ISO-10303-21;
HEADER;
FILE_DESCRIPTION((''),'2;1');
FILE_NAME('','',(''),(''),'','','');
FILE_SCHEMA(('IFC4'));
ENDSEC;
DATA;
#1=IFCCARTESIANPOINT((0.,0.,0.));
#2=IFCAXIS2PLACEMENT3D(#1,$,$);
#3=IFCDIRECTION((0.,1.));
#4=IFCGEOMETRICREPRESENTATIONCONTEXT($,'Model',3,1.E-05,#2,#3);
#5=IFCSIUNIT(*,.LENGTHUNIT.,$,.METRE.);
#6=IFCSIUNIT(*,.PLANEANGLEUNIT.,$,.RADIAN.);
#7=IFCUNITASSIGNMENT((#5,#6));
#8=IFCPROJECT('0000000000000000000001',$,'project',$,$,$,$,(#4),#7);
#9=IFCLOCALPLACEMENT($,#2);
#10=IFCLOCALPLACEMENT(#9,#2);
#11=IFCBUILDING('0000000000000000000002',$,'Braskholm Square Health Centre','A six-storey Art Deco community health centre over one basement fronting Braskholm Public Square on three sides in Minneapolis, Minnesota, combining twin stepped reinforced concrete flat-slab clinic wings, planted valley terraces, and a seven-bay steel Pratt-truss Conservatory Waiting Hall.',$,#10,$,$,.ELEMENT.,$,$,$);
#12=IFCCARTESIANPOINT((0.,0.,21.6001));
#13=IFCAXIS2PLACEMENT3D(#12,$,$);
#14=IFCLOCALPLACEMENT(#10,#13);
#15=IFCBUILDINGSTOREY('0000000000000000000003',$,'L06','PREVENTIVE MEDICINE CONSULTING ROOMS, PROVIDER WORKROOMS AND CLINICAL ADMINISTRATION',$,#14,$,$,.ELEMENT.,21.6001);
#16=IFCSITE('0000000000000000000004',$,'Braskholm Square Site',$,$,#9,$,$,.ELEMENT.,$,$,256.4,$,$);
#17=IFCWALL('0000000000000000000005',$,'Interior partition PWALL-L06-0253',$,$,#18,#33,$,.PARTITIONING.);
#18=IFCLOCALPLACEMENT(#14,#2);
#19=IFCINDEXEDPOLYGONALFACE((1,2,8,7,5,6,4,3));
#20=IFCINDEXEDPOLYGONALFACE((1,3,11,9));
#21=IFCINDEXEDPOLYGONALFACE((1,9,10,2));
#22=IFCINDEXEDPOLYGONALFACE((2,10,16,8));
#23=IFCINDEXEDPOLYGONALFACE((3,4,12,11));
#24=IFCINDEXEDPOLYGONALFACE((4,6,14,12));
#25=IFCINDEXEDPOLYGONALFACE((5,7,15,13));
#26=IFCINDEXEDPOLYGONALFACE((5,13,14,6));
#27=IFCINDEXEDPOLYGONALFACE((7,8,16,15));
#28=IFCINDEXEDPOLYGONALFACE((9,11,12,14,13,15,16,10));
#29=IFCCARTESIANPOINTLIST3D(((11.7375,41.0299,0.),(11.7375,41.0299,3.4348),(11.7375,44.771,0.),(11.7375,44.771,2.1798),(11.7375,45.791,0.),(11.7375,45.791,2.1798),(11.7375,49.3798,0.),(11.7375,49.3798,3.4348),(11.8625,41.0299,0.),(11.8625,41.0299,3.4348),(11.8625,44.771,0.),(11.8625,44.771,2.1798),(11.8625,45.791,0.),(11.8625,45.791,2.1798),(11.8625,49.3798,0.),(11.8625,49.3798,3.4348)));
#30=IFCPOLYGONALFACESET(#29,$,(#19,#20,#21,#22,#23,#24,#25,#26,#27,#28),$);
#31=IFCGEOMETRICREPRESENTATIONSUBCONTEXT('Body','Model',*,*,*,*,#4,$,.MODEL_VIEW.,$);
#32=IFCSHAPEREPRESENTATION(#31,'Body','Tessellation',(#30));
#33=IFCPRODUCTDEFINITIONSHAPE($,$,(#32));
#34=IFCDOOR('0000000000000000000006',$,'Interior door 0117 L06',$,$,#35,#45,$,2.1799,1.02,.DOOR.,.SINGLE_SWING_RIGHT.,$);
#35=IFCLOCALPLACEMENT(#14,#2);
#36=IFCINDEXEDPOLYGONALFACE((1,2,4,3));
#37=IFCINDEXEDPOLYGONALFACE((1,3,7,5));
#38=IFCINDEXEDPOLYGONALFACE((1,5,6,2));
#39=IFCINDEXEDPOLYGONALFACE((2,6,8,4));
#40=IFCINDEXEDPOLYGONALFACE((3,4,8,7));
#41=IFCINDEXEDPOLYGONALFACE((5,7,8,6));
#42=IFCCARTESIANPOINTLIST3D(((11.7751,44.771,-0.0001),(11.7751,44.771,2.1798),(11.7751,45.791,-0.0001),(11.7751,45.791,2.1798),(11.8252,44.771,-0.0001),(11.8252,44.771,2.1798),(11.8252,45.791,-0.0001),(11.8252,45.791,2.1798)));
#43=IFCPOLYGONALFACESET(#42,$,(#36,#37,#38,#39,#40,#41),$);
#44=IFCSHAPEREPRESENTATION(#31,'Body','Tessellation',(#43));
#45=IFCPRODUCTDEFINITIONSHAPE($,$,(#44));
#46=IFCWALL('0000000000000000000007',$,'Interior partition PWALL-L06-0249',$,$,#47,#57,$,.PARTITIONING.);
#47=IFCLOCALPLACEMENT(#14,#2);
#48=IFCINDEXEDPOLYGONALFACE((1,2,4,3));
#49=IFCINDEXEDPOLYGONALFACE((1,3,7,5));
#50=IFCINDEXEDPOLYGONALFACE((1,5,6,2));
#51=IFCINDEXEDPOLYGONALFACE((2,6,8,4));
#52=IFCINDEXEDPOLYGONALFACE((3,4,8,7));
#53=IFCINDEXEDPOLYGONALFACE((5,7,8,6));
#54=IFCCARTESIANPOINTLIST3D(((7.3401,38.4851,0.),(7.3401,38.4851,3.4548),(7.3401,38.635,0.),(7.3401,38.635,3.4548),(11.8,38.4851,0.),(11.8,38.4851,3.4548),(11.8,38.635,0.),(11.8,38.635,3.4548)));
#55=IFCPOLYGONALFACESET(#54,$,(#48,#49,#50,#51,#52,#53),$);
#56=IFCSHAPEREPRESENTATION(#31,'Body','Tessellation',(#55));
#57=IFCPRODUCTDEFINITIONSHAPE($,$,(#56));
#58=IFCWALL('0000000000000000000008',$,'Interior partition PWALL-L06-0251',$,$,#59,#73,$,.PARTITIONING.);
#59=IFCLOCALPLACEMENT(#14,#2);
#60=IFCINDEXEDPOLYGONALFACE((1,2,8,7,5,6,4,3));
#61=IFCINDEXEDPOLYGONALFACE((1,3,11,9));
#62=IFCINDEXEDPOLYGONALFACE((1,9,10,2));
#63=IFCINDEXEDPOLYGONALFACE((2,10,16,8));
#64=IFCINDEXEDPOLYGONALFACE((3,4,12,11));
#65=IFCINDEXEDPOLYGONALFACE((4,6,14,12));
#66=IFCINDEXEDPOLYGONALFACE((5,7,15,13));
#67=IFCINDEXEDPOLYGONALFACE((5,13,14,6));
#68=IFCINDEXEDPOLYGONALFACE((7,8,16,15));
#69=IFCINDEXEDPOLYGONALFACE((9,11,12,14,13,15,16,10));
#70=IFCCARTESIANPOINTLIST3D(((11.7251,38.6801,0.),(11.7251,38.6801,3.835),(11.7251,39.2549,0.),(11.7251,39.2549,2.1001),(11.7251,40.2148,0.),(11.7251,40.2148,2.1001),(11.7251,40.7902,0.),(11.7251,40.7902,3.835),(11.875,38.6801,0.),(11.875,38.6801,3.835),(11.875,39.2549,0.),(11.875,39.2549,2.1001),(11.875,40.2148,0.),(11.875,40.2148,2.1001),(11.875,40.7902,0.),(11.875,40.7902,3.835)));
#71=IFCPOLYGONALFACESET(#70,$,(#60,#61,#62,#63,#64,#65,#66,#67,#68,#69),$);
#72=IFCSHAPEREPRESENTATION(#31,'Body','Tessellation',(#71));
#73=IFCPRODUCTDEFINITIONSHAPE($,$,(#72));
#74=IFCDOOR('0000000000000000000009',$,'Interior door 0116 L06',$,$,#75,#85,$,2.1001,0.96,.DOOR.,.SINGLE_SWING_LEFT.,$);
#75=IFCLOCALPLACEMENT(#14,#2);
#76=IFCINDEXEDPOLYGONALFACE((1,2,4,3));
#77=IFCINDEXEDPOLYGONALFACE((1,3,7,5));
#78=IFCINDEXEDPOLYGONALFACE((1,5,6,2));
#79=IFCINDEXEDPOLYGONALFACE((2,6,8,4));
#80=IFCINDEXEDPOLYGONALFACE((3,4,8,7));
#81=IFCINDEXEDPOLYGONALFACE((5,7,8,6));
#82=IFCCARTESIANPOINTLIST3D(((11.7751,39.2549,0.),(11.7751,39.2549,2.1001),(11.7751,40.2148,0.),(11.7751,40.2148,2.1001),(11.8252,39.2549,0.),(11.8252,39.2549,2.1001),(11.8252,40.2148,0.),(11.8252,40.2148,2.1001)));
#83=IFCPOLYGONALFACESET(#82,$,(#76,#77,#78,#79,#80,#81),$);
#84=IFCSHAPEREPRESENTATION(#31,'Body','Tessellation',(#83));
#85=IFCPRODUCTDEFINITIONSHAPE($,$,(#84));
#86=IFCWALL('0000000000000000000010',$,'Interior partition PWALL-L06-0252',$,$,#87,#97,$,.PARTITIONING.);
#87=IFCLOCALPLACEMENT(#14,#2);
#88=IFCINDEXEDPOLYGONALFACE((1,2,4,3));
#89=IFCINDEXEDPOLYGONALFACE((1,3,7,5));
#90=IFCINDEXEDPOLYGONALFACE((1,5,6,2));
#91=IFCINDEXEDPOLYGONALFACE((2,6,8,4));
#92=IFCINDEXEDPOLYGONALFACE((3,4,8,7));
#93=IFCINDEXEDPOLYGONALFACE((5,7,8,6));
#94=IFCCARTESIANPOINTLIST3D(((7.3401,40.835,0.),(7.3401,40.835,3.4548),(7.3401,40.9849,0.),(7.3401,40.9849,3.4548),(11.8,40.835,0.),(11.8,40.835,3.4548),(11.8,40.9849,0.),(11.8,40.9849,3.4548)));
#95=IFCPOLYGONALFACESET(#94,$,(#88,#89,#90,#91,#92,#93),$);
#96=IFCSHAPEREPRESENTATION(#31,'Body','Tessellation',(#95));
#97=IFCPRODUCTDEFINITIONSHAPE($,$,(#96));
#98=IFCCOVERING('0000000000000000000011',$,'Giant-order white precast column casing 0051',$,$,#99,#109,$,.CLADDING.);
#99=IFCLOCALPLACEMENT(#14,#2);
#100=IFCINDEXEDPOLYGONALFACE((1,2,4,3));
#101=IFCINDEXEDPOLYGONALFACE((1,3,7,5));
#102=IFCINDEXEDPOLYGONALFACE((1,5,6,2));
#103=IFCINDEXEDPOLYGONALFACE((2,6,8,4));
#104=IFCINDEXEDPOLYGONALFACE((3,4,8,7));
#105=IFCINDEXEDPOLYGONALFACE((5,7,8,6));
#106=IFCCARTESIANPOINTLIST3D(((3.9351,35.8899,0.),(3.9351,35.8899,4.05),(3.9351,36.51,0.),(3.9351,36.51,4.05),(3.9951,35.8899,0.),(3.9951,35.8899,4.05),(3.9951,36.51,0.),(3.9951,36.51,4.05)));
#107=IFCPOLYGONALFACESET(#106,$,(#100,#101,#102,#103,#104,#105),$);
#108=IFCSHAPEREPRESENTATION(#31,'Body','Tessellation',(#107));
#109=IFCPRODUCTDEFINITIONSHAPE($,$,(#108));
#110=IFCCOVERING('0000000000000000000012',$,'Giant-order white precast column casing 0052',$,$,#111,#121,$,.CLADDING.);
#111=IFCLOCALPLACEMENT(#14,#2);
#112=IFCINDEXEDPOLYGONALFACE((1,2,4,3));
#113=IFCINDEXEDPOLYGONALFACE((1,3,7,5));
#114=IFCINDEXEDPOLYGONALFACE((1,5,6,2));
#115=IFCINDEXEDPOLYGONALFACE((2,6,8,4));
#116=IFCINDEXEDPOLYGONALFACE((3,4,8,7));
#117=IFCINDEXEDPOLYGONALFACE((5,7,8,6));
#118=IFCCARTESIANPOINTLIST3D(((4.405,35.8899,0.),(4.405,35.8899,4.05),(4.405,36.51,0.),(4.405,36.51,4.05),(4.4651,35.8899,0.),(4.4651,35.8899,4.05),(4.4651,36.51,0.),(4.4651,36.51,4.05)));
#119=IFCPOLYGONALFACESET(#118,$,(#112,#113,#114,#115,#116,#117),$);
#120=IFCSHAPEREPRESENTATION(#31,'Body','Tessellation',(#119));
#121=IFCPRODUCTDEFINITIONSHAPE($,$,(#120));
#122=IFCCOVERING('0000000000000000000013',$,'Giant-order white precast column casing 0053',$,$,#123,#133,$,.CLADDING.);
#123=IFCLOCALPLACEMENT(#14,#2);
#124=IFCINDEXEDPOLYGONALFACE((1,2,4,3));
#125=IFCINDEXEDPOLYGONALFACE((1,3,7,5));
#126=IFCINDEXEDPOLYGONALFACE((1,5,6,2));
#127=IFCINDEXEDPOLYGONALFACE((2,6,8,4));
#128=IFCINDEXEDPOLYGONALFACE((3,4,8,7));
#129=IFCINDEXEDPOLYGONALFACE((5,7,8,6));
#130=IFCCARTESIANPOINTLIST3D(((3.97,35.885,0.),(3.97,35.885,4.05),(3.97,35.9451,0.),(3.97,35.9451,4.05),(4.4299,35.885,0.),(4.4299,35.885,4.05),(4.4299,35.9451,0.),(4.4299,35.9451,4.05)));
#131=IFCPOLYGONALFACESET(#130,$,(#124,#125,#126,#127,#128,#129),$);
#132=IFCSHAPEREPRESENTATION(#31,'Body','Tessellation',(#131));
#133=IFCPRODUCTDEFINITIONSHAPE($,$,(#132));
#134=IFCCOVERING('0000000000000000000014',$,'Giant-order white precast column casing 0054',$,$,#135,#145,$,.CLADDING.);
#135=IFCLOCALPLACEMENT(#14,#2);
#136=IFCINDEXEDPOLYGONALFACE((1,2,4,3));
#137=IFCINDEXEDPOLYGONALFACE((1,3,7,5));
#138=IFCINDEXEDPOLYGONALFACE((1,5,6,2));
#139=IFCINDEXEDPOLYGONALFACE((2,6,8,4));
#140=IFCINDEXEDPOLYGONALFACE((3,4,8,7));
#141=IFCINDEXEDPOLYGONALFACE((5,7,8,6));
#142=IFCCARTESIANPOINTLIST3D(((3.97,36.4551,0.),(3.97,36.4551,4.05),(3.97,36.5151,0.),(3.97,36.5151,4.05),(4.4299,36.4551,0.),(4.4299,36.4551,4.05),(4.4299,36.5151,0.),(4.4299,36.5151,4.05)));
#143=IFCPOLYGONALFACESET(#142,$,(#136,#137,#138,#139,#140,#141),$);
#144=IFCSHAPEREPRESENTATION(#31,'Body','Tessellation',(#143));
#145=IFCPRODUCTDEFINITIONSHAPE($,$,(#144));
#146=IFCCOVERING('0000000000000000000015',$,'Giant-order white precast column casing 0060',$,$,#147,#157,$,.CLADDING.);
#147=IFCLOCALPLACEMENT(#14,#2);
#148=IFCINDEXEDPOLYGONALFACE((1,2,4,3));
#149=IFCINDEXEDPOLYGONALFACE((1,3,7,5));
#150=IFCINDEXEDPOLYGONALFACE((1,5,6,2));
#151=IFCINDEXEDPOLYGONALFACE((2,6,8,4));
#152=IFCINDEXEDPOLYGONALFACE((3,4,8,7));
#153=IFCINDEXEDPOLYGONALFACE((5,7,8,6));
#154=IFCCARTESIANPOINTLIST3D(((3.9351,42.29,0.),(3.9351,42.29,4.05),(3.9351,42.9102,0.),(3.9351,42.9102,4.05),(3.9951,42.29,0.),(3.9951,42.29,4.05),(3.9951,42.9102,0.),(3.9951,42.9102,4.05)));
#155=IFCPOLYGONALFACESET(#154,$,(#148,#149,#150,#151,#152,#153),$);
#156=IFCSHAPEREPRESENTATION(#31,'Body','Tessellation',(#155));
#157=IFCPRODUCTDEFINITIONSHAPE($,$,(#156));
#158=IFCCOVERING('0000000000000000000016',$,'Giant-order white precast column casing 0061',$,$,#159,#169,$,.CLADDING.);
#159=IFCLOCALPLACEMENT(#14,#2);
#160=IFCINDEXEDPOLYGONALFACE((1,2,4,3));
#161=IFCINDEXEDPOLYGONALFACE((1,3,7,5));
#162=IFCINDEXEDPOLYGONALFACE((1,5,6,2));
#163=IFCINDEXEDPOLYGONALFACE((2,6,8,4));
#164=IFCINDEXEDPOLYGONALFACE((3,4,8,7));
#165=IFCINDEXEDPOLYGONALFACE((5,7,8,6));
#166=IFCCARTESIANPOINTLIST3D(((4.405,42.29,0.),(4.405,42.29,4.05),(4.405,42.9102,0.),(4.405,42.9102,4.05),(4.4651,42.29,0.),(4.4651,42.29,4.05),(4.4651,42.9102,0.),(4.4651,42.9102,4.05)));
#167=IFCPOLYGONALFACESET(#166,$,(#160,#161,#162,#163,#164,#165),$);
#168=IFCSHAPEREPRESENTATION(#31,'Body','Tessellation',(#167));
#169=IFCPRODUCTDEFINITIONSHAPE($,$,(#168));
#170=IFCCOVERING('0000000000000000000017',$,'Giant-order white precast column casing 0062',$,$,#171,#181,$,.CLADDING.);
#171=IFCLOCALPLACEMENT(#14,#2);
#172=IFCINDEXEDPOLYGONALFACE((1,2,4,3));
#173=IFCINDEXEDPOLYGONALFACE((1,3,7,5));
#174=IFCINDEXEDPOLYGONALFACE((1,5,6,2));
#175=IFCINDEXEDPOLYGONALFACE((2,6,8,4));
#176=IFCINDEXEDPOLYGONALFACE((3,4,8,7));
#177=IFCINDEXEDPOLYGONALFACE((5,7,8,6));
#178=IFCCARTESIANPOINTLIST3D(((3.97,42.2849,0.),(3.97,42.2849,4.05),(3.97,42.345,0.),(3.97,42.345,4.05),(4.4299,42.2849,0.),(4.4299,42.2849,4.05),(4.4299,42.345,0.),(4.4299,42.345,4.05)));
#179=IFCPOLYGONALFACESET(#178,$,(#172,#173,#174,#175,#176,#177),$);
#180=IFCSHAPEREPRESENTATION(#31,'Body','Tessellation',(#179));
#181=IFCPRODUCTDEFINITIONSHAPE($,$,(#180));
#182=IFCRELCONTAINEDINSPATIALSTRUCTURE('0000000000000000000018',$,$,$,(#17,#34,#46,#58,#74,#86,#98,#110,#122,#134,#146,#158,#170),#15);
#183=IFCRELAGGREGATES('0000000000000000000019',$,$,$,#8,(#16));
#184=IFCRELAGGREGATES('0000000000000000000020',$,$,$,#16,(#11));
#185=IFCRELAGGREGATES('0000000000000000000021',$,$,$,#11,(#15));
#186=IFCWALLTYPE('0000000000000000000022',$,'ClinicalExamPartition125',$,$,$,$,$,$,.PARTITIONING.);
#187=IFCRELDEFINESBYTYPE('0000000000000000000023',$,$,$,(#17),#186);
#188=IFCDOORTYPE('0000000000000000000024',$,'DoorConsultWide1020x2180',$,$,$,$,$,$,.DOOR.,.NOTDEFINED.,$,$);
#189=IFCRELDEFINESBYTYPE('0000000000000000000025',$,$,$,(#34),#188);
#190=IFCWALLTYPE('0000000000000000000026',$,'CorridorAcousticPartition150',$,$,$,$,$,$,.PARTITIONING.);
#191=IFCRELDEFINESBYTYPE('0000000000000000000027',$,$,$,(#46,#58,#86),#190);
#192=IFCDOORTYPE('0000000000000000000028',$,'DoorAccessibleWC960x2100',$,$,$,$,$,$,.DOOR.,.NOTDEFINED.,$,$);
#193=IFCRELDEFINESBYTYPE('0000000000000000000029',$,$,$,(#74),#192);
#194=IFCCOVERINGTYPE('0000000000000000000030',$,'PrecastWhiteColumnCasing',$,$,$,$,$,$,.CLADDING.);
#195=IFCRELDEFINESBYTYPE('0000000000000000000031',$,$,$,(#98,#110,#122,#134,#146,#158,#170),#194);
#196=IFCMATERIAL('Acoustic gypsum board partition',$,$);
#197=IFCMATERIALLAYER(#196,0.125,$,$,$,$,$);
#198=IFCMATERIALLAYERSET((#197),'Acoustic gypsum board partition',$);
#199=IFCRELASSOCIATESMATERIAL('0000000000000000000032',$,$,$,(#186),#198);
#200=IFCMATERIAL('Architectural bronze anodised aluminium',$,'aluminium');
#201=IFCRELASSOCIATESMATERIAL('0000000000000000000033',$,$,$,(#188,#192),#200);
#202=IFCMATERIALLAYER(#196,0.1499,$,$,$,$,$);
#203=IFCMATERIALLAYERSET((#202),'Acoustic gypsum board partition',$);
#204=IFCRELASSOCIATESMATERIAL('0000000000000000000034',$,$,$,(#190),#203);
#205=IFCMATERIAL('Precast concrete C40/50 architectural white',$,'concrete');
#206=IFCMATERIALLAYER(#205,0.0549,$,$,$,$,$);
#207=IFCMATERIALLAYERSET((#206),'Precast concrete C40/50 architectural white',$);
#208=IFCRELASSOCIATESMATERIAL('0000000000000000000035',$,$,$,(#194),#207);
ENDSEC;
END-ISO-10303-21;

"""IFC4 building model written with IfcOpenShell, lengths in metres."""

from ifc_helpers import new_model, si_unit, direction, frame, frame_2d, origin, origin_with_axes, origin_2d, place, context, subcontext, project, spatial, rectangle, extrude, material, layer, layer_set, type_object, element, fill, save


model = new_model("IFC4")

# Units and contexts
model_context = context("Model", 3, precision=1e-05, world=origin(), true_north=direction((0.0, 1.0)))
body_context = subcontext(model_context, "Body", "Model", "MODEL_VIEW")
ifc_project = project(units=[si_unit("LENGTHUNIT", "METRE"), si_unit("PLANEANGLEUNIT", "RADIAN")], contexts=[model_context])

# Site, building, storey
site_placement = place(None, origin())
site = spatial("IfcSite", under=ifc_project, at=site_placement, Name="Braskholm Square Site", CompositionType="ELEMENT", RefElevation=256.4)
building_placement = place(site_placement, origin())
building = spatial("IfcBuilding", under=site, at=building_placement, Name="Braskholm Square Health Centre", Description="A six-storey Art Deco community health centre over one basement fronting Braskholm Public Square on three sides in Minneapolis, Minnesota, combining twin stepped reinforced concrete flat-slab clinic wings, planted valley terraces, and a seven-bay steel Pratt-truss Conservatory Waiting Hall.", CompositionType="ELEMENT")
storey_placement = place(building_placement, frame((0.0, 0.0, 21.6001)))
storey = spatial("IfcBuildingStorey", under=building, at=storey_placement, Name="L06", Description="PREVENTIVE MEDICINE CONSULTING ROOMS, PROVIDER WORKROOMS AND CLINICAL ADMINISTRATION", CompositionType="ELEMENT", Elevation=21.6001)

# Shared definitions
ifc_material_1 = material(Name="Precast concrete C40/50 architectural white", Category="concrete")

# Shared definitions
ifc_material_2 = material(Name="Architectural bronze anodised aluminium", Category="aluminium")

# Wall, opening, door
ifc_material_3 = material(Name="Acoustic gypsum board partition")
ifc_layer_1 = layer(ifc_material_3, 0.125)
ifc_layer_set_1 = layer_set([ifc_layer_1], Name="Acoustic gypsum board partition")
wall_type_1 = type_object("IfcWallType", Name="ClinicalExamPartition125", PredefinedType="PARTITIONING", material=ifc_layer_set_1)
wall_1_placement = place(storey_placement, frame((11.8, 41.03, 0.0), z_axis=(0.0, 0.0, 1.0), x_axis=(0.0, 1.0, 0.0)))
wall_1 = element("IfcWall", 1, at=wall_1_placement, inside=storey, type_object=wall_type_1, Name="Interior partition PWALL-L06-0253", PredefinedType="PARTITIONING", context=body_context, shape_type="SweptSolid", body=[
    extrude(rectangle(XDim=8.3499, YDim=0.125, at=frame_2d((4.1748, 0.0))), origin(), (0.0, 0.0, 1.0), 3.4348),
])
opening_1_placement = place(wall_1_placement, frame((3.741, 0.0, 0.0)))
opening_1 = element("IfcOpeningElement", 2, at=opening_1_placement, cuts=wall_1, PredefinedType="OPENING", context=body_context, shape_type="SweptSolid", body=[
    extrude(rectangle(XDim=1.02, YDim=2.1799, at=frame_2d((0.51, 1.0898))), frame((0.0, 0.0725, 0.0), z_axis=(0.0, -1.0, 0.0), x_axis=(1.0, 0.0, 0.0)), (0.0, 0.0, 1.0), 0.145),
])
door_type_1 = type_object("IfcDoorType", Name="DoorConsultWide1020x2180", OperationType="NOTDEFINED", PredefinedType="DOOR", material=ifc_material_2)
door_1_placement = place(opening_1_placement, origin_with_axes())
door_1 = element("IfcDoor", 3, at=door_1_placement, inside=storey, type_object=door_type_1, Name="Interior door 0117 L06", OperationType="SINGLE_SWING_RIGHT", OverallHeight=2.1799, OverallWidth=1.02, PredefinedType="DOOR", context=body_context, shape_type="SweptSolid", body=[
    extrude(rectangle(XDim=1.02, YDim=2.1799, at=frame_2d((0.51, 1.0898))), frame((0.0, 0.0249, 0.0), z_axis=(0.0, -1.0, 0.0), x_axis=(1.0, 0.0, 0.0)), (0.0, 0.0, 1.0), 0.05),
])
fill(opening_1, door_1)

# Wall
ifc_layer_2 = layer(ifc_material_3, 0.1499)
ifc_layer_set_2 = layer_set([ifc_layer_2], Name="Acoustic gypsum board partition")
wall_type_2 = type_object("IfcWallType", Name="CorridorAcousticPartition150", PredefinedType="PARTITIONING", material=ifc_layer_set_2)
wall_2_placement = place(storey_placement, frame((7.3401, 38.5601, 0.0), z_axis=(0.0, 0.0, 1.0), x_axis=(1.0, 0.0, 0.0)))
element("IfcWall", 4, at=wall_2_placement, inside=storey, type_object=wall_type_2, Name="Interior partition PWALL-L06-0249", PredefinedType="PARTITIONING", context=body_context, shape_type="SweptSolid", body=[
    extrude(rectangle(XDim=4.46, YDim=0.1499, at=frame_2d((2.23, 0.0))), origin(), (0.0, 0.0, 1.0), 3.4548),
])

# Wall, opening, door
wall_3_placement = place(storey_placement, frame((11.8, 38.6799, 0.0), z_axis=(0.0, 0.0, 1.0), x_axis=(0.0, 1.0, 0.0)))
wall_3 = element("IfcWall", 5, at=wall_3_placement, inside=storey, type_object=wall_type_2, Name="Interior partition PWALL-L06-0251", PredefinedType="PARTITIONING", context=body_context, shape_type="SweptSolid", body=[
    extrude(rectangle(XDim=2.1101, YDim=0.1499, at=frame_2d((1.0552, 0.0))), origin(), (0.0, 0.0, 1.0), 3.835),
])
opening_2_placement = place(wall_3_placement, frame((0.575, 0.0, 0.0)))
opening_2 = element("IfcOpeningElement", 6, at=opening_2_placement, cuts=wall_3, PredefinedType="OPENING", context=body_context, shape_type="SweptSolid", body=[
    extrude(rectangle(XDim=0.96, YDim=2.1001, at=frame_2d((0.48, 1.05))), frame((0.0, 0.085, 0.0), z_axis=(0.0, -1.0, 0.0), x_axis=(1.0, 0.0, 0.0)), (0.0, 0.0, 1.0), 0.1699),
])
door_type_2 = type_object("IfcDoorType", Name="DoorAccessibleWC960x2100", OperationType="NOTDEFINED", PredefinedType="DOOR", material=ifc_material_2)
door_2_placement = place(opening_2_placement, origin_with_axes())
door_2 = element("IfcDoor", 7, at=door_2_placement, inside=storey, type_object=door_type_2, Name="Interior door 0116 L06", OperationType="SINGLE_SWING_LEFT", OverallHeight=2.1001, OverallWidth=0.96, PredefinedType="DOOR", context=body_context, shape_type="SweptSolid", body=[
    extrude(rectangle(XDim=0.96, YDim=2.1001, at=frame_2d((0.48, 1.05))), frame((0.0, 0.0249, 0.0), z_axis=(0.0, -1.0, 0.0), x_axis=(1.0, 0.0, 0.0)), (0.0, 0.0, 1.0), 0.05),
])
fill(opening_2, door_2)

# Wall
wall_4_placement = place(storey_placement, frame((7.3401, 40.9099, 0.0), z_axis=(0.0, 0.0, 1.0), x_axis=(1.0, 0.0, 0.0)))
element("IfcWall", 8, at=wall_4_placement, inside=storey, type_object=wall_type_2, Name="Interior partition PWALL-L06-0252", PredefinedType="PARTITIONING", context=body_context, shape_type="SweptSolid", body=[
    extrude(rectangle(XDim=4.46, YDim=0.1499, at=frame_2d((2.23, 0.0))), origin(), (0.0, 0.0, 1.0), 3.4548),
])

# Coverings
ifc_layer_3 = layer(ifc_material_1, 0.0549)
ifc_layer_set_3 = layer_set([ifc_layer_3], Name="Precast concrete C40/50 architectural white")
covering_type = type_object("IfcCoveringType", Name="PrecastWhiteColumnCasing", PredefinedType="CLADDING", material=ifc_layer_set_3)
for number, where, z_axis, x_axis, name in (
    (9, (3.9651, 36.2, 0.0), (0.0, 0.0, 1.0), (1.0, 0.0, 0.0), "Giant-order white precast column casing 0051"),
    (10, (4.4351, 36.2, 0.0), (0.0, 0.0, 1.0), (1.0, 0.0, 0.0), "Giant-order white precast column casing 0052"),
):
    element("IfcCovering", number, at=place(storey_placement, frame(where, z_axis=z_axis, x_axis=x_axis)), inside=storey, type_object=covering_type, Name=name, PredefinedType="CLADDING", context=body_context, shape_type="SweptSolid", body=[
        extrude(rectangle(XDim=0.0601, YDim=0.6201, at=origin_2d()), origin(), (0.0, 0.0, 1.0), 4.05),
    ])
for number, where, z_axis, x_axis, name in (
    (11, (4.2, 35.915, 0.0), (0.0, 0.0, 1.0), (1.0, 0.0, 0.0), "Giant-order white precast column casing 0053"),
    (12, (4.2, 36.4851, 0.0), (0.0, 0.0, 1.0), (1.0, 0.0, 0.0), "Giant-order white precast column casing 0054"),
):
    element("IfcCovering", number, at=place(storey_placement, frame(where, z_axis=z_axis, x_axis=x_axis)), inside=storey, type_object=covering_type, Name=name, PredefinedType="CLADDING", context=body_context, shape_type="SweptSolid", body=[
        extrude(rectangle(XDim=0.46, YDim=0.0601, at=origin_2d()), origin(), (0.0, 0.0, 1.0), 4.05),
    ])
for number, where, z_axis, x_axis, name in (
    (13, (3.9651, 42.6001, 0.0), (0.0, 0.0, 1.0), (1.0, 0.0, 0.0), "Giant-order white precast column casing 0060"),
    (14, (4.4351, 42.6001, 0.0), (0.0, 0.0, 1.0), (1.0, 0.0, 0.0), "Giant-order white precast column casing 0061"),
):
    element("IfcCovering", number, at=place(storey_placement, frame(where, z_axis=z_axis, x_axis=x_axis)), inside=storey, type_object=covering_type, Name=name, PredefinedType="CLADDING", context=body_context, shape_type="SweptSolid", body=[
        extrude(rectangle(XDim=0.0601, YDim=0.6201, at=origin_2d()), origin(), (0.0, 0.0, 1.0), 4.05),
    ])
covering_placement = place(storey_placement, frame((4.2, 42.3149, 0.0), z_axis=(0.0, 0.0, 1.0), x_axis=(1.0, 0.0, 0.0)))
element("IfcCovering", 15, at=covering_placement, inside=storey, type_object=covering_type, Name="Giant-order white precast column casing 0062", PredefinedType="CLADDING", context=body_context, shape_type="SweptSolid", body=[
    extrude(rectangle(XDim=0.46, YDim=0.0601, at=origin_2d()), origin(), (0.0, 0.0, 1.0), 4.05),
])

save(model, "model.ifc")
